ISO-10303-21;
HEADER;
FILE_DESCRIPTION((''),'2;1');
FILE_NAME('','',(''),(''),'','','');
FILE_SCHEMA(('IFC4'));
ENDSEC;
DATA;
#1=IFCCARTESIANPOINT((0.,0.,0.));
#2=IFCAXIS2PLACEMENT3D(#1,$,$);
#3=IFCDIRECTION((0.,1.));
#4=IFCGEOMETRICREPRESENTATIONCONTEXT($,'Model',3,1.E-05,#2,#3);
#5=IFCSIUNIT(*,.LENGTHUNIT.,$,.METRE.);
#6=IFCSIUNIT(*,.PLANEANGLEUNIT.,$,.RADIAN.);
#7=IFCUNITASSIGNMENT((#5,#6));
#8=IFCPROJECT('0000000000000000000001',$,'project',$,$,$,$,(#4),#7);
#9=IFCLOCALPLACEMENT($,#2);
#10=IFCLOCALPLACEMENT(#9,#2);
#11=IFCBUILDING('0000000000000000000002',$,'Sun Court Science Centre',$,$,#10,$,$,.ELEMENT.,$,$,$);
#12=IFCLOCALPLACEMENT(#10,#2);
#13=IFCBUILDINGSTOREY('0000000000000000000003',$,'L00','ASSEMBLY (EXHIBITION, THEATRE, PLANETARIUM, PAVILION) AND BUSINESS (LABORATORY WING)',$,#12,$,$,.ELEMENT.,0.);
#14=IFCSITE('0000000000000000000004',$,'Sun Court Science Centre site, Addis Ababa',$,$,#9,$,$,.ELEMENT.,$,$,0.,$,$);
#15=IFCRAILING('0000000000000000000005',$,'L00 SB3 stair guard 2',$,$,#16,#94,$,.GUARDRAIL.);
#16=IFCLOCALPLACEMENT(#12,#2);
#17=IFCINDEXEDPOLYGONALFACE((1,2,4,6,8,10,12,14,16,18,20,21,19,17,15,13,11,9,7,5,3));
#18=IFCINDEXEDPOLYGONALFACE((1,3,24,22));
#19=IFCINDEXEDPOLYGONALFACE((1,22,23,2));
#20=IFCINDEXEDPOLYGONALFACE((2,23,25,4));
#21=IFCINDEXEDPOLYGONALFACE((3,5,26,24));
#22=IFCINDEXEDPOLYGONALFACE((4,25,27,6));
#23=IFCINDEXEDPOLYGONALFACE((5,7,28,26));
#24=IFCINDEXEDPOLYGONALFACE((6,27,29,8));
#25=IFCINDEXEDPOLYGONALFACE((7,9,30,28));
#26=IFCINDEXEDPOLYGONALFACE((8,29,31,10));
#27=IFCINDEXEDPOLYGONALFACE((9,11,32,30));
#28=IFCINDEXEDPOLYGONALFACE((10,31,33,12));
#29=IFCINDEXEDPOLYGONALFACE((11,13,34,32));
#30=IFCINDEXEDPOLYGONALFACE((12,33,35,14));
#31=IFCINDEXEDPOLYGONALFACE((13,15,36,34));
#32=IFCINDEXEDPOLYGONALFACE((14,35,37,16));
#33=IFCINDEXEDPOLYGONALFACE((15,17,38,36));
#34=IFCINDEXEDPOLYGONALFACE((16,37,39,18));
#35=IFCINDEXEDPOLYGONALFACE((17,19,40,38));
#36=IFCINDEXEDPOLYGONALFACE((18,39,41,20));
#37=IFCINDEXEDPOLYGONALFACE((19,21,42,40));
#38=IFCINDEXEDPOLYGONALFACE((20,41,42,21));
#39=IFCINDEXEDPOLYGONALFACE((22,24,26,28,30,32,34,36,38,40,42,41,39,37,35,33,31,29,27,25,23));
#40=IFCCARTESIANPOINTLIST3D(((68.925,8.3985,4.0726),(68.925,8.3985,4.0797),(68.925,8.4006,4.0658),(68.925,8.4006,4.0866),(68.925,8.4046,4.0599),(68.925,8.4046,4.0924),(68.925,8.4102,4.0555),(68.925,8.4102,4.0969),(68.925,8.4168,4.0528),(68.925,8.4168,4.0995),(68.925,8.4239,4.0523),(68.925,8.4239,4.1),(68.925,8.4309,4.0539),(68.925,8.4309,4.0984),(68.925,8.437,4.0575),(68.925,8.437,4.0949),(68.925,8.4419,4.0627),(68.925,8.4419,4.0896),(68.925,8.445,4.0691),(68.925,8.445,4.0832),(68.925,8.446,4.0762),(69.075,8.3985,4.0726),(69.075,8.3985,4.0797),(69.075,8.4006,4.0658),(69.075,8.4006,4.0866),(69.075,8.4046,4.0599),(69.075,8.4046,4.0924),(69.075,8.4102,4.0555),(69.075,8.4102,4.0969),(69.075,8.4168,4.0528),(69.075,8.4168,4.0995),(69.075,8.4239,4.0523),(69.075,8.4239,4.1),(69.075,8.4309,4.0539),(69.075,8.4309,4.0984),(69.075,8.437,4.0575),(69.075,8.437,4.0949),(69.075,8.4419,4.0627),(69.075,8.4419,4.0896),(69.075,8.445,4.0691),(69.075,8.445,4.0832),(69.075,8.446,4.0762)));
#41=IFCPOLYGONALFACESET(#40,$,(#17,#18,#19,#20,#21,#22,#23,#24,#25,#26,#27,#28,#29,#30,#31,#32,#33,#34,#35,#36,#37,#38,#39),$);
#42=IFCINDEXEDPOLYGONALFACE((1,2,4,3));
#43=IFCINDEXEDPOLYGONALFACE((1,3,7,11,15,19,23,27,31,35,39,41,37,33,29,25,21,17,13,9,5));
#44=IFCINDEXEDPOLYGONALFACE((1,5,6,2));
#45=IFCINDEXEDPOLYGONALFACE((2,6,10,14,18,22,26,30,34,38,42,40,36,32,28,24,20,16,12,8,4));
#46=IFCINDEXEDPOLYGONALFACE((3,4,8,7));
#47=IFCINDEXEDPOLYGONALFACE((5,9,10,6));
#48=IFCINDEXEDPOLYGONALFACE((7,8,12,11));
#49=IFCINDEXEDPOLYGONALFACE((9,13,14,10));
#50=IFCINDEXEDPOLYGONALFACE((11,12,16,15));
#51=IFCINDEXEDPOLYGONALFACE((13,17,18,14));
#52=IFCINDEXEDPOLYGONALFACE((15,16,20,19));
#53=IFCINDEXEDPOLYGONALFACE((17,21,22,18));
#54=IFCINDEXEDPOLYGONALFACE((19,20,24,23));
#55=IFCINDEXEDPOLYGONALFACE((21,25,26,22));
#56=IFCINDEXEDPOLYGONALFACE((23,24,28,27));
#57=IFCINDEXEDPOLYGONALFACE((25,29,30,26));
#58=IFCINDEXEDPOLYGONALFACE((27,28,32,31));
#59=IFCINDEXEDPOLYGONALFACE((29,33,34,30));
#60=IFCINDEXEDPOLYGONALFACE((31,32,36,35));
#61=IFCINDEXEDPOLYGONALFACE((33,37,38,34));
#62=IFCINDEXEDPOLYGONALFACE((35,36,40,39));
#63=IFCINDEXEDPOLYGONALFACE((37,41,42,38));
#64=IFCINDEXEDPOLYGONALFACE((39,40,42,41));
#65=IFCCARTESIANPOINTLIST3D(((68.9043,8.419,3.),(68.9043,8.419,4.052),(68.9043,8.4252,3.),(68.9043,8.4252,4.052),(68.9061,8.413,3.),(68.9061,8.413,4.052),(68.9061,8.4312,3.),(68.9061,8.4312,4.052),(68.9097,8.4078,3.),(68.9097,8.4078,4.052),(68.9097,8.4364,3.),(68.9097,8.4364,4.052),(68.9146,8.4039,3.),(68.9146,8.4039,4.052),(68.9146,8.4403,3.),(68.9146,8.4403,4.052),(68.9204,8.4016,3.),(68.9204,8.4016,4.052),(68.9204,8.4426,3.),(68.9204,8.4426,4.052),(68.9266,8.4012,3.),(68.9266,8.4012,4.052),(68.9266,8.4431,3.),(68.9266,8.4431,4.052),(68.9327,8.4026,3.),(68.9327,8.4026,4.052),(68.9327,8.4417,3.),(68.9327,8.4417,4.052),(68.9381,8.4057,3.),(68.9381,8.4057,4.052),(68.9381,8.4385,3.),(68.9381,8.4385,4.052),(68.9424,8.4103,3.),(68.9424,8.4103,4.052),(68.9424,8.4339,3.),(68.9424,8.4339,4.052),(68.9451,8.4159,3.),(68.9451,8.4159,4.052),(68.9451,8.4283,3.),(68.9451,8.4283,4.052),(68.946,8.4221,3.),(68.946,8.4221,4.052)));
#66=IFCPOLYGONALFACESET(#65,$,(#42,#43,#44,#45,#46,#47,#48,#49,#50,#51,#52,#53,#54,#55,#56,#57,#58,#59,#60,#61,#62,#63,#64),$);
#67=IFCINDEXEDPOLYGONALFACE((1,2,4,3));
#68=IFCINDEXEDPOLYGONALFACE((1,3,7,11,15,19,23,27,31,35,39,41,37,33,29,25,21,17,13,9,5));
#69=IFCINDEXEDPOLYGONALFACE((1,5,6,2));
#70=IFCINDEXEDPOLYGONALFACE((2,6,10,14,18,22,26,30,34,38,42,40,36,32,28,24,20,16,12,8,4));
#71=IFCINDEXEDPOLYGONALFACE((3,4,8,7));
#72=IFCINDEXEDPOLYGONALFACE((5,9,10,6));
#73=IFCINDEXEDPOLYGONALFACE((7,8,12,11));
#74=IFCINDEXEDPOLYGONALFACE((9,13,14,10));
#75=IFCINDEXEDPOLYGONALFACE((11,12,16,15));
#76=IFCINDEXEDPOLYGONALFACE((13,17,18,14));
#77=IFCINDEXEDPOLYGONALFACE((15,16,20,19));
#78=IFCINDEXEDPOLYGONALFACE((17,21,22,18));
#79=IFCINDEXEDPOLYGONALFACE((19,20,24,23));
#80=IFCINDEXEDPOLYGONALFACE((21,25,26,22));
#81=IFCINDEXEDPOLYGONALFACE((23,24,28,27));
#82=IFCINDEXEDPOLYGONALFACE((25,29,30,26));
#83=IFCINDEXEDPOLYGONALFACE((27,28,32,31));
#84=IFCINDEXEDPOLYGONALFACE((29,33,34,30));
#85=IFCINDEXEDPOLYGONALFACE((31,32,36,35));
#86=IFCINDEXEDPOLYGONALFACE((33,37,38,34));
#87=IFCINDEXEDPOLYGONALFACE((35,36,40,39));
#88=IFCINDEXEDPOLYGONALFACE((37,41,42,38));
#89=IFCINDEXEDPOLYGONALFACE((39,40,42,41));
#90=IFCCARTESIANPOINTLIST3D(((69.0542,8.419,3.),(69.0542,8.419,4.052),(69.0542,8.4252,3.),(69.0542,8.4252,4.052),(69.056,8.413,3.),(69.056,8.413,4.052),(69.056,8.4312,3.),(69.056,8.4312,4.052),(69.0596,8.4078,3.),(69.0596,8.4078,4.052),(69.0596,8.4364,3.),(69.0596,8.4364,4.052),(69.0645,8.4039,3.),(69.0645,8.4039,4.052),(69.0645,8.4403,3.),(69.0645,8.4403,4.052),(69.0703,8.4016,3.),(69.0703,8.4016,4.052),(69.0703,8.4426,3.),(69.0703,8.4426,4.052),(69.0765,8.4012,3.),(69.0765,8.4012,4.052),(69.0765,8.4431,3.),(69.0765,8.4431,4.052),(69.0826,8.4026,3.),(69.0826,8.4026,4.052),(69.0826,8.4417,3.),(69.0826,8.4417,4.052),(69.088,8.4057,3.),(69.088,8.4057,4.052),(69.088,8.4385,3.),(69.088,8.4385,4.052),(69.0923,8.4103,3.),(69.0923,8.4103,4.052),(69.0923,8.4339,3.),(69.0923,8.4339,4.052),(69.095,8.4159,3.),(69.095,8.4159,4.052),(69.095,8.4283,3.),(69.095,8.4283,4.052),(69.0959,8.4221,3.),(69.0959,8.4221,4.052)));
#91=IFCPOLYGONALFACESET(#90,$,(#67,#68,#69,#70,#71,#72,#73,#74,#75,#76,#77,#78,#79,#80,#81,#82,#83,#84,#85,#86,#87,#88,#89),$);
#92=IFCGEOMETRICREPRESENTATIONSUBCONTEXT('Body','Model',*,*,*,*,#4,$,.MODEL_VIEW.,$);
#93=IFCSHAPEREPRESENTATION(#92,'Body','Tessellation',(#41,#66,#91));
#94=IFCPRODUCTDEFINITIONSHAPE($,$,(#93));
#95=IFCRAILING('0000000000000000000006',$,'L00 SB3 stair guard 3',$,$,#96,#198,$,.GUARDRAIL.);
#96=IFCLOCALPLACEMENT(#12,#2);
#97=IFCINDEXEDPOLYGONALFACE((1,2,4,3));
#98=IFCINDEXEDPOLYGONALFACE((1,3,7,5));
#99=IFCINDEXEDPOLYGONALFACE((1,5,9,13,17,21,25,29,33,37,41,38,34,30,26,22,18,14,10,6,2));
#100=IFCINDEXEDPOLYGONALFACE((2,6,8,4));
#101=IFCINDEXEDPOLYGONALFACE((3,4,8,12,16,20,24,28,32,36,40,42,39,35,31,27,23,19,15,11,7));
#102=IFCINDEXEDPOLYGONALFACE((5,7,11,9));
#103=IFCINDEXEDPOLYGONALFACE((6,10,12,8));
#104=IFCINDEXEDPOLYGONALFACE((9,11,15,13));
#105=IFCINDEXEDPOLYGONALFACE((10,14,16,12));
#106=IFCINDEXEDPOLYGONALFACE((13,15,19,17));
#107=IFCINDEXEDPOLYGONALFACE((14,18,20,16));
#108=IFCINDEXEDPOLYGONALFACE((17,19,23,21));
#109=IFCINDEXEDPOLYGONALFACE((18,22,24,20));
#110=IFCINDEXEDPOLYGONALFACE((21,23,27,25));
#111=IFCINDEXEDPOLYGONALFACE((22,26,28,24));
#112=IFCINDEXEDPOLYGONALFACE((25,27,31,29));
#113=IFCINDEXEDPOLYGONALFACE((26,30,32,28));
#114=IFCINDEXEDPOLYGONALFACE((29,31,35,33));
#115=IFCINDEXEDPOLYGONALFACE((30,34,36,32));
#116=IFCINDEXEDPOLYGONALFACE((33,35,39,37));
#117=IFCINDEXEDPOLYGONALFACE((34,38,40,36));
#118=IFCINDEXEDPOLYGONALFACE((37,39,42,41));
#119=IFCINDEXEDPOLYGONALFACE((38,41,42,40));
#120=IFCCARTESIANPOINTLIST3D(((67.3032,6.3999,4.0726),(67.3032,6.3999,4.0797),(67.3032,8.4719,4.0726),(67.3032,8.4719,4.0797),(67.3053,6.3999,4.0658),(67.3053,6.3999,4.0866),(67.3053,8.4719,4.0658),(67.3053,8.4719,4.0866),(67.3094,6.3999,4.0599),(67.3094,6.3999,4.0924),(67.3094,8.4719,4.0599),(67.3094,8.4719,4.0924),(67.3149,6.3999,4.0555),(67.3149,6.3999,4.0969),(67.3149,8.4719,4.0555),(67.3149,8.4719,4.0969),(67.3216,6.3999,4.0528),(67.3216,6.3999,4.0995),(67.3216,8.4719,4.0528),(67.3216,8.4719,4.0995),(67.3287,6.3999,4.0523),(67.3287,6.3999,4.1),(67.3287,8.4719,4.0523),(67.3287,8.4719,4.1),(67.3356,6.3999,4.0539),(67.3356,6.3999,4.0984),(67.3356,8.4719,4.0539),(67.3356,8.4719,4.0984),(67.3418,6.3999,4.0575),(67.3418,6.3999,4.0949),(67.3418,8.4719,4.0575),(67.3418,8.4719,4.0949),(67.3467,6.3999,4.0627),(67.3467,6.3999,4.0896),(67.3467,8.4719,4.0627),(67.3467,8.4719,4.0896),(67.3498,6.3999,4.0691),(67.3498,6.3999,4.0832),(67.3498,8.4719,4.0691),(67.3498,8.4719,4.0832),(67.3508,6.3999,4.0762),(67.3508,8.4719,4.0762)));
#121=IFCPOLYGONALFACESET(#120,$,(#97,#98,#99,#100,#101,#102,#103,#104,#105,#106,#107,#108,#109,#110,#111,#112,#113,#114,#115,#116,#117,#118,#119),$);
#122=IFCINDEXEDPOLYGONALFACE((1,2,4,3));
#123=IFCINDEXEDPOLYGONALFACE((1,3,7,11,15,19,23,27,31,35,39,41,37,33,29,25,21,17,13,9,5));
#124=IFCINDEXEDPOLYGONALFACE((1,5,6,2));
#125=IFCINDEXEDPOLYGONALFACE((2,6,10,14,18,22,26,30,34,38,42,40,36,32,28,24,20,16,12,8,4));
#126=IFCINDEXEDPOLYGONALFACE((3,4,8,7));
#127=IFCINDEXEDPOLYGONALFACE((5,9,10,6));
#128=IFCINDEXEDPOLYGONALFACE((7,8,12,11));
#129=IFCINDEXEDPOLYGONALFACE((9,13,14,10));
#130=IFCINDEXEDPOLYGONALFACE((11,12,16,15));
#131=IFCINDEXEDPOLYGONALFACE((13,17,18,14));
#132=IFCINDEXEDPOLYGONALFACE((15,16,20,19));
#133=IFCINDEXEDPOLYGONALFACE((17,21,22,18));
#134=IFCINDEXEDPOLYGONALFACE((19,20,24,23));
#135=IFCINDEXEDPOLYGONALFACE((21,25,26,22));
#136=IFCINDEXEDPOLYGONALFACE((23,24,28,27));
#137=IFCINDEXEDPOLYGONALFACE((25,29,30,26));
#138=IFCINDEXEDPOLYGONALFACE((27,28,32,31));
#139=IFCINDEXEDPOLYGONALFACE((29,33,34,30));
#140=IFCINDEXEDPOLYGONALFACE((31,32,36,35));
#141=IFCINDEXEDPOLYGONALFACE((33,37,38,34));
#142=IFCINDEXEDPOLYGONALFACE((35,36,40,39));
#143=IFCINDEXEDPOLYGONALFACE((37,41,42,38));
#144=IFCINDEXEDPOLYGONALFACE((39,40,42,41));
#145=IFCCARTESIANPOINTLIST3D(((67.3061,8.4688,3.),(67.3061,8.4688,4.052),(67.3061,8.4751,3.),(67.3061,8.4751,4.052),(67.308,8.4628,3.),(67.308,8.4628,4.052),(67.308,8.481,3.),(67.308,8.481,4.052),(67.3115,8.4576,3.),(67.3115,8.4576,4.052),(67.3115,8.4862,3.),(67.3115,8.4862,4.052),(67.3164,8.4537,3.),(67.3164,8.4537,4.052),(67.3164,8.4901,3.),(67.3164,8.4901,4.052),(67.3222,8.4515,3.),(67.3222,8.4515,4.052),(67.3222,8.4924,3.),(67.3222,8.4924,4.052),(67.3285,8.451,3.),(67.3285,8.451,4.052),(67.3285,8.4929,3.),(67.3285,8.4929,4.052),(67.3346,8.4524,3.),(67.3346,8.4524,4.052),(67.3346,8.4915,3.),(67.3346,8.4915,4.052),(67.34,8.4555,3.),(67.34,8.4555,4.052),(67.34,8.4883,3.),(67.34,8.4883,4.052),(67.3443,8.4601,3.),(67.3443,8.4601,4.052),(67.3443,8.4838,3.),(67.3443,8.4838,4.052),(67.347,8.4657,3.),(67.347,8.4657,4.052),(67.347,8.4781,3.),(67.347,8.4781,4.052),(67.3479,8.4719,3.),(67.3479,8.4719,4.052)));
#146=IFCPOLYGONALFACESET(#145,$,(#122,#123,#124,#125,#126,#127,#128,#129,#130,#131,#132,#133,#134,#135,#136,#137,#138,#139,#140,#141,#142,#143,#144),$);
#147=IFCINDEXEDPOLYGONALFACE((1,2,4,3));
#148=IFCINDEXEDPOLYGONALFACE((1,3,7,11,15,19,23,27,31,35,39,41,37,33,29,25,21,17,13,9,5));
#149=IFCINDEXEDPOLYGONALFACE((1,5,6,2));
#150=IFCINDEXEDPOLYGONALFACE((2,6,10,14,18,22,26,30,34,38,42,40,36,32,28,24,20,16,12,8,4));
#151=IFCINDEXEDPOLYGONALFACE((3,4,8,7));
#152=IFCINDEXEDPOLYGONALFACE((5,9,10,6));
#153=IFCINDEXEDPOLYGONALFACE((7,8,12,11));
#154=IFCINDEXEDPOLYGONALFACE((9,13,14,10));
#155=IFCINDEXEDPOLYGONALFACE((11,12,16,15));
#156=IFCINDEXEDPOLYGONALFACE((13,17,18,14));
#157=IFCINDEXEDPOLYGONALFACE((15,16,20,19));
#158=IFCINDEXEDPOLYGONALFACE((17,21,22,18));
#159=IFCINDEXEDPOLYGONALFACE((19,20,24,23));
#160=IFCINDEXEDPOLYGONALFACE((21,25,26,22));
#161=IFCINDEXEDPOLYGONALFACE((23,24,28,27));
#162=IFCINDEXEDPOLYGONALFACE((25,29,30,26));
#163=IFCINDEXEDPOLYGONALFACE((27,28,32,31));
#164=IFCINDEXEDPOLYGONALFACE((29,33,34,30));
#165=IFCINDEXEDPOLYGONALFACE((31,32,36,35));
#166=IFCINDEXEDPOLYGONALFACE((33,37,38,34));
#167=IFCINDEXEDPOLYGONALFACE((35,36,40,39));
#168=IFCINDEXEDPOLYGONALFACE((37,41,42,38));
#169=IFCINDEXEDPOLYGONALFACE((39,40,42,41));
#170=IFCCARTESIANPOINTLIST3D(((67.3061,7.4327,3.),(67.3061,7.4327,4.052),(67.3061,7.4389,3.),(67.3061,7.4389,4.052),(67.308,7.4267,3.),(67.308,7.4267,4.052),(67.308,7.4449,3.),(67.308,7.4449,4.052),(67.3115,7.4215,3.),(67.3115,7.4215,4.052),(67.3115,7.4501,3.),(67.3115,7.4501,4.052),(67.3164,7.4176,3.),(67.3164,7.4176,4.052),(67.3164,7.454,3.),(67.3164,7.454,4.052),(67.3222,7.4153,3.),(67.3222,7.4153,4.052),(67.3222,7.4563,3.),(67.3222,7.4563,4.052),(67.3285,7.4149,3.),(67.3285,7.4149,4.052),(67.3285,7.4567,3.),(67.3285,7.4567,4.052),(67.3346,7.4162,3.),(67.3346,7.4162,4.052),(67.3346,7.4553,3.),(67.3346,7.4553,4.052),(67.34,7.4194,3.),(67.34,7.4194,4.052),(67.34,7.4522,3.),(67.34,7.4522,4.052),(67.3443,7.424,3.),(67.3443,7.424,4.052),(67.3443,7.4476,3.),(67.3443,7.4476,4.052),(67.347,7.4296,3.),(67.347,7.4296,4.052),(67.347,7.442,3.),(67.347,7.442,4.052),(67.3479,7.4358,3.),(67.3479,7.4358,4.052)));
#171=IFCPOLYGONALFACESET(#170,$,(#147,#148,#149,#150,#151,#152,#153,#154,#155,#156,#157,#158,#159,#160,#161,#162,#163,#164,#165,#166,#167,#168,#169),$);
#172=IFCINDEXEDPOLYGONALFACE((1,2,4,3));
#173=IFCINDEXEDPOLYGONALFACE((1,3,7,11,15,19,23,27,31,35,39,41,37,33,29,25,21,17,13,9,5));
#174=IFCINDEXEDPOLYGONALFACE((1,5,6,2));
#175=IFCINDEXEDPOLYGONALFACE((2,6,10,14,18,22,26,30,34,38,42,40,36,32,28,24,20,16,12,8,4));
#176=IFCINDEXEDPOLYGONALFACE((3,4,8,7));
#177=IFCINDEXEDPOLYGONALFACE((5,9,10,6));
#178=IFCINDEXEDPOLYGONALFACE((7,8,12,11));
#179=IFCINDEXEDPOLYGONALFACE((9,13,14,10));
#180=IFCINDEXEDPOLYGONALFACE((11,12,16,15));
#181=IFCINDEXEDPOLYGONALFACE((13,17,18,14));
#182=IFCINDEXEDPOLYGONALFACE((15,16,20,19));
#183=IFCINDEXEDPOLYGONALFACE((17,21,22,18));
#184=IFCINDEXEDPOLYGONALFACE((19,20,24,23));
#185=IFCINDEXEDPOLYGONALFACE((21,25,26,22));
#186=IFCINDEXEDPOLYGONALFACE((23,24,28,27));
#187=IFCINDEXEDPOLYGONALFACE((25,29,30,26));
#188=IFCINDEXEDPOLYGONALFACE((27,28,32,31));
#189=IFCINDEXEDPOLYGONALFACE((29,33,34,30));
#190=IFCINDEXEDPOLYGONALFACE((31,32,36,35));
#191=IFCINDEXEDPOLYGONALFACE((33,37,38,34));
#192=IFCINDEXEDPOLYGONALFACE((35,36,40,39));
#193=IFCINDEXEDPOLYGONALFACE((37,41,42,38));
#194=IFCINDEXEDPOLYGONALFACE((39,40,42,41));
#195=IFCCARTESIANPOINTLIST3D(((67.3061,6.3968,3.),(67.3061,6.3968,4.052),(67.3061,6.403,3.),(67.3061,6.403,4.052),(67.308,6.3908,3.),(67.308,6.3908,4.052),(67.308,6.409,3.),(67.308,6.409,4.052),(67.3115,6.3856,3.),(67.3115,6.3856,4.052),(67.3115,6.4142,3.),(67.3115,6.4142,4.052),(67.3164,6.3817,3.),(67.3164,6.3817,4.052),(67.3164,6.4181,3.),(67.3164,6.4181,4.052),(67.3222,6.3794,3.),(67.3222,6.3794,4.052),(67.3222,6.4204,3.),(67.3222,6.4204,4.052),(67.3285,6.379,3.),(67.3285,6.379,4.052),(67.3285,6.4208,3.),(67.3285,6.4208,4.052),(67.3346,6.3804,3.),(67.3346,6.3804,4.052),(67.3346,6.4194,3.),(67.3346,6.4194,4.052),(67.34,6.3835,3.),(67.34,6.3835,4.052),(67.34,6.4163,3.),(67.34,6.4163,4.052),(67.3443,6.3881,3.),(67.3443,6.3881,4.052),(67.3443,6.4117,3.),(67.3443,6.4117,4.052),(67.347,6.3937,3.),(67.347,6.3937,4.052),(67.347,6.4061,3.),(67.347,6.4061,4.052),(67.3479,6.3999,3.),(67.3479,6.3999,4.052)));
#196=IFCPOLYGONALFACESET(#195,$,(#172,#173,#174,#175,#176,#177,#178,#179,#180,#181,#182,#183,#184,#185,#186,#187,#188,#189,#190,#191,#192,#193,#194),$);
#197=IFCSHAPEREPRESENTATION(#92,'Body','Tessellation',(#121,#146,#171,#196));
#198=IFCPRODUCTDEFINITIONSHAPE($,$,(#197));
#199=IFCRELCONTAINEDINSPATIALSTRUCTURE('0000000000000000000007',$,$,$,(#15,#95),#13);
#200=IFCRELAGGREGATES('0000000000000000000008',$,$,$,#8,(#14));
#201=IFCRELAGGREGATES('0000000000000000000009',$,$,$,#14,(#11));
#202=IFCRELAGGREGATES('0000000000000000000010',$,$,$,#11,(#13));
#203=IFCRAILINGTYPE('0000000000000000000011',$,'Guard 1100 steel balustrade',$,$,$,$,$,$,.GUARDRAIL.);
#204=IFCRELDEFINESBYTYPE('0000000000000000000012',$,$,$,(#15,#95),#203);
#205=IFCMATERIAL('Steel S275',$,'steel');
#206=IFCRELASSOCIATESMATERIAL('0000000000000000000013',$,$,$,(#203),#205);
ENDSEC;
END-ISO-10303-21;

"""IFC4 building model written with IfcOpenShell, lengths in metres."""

from ifc_helpers import new_model, si_unit, direction, frame, origin, origin_2d, place, context, subcontext, project, spatial, circle, extrude, material, type_object, element, save


model = new_model("IFC4")

# Units and contexts
model_context = context("Model", 3, precision=1e-05, world=origin(), true_north=direction((0.0, 1.0)))
body_context = subcontext(model_context, "Body", "Model", "MODEL_VIEW")
ifc_project = project(units=[si_unit("LENGTHUNIT", "METRE"), si_unit("PLANEANGLEUNIT", "RADIAN")], contexts=[model_context])

# Site, building, storey
site_placement = place(None, origin())
site = spatial("IfcSite", under=ifc_project, at=site_placement, Name="Sun Court Science Centre site, Addis Ababa", CompositionType="ELEMENT", RefElevation=0.0)
building_placement = place(site_placement, origin())
building = spatial("IfcBuilding", under=site, at=building_placement, Name="Sun Court Science Centre", CompositionType="ELEMENT")
storey_placement = place(building_placement, origin())
storey = spatial("IfcBuildingStorey", under=building, at=storey_placement, Name="L00", Description="ASSEMBLY (EXHIBITION, THEATRE, PLANETARIUM, PAVILION) AND BUSINESS (LABORATORY WING)", CompositionType="ELEMENT", Elevation=0.0)

# Railings
ifc_material_1 = material(Name="Steel S275", Category="steel")
railing_type_1 = type_object("IfcRailingType", Name="Guard 1100 steel balustrade", PredefinedType="GUARDRAIL", material=ifc_material_1)
railing_1_placement = place(storey_placement, frame((68.925, 8.4221, 3.0)))
element("IfcRailing", 1, at=railing_1_placement, inside=storey, type_object=railing_type_1, Name="L00 SB3 stair guard 2", PredefinedType="GUARDRAIL", context=body_context, shape_type="SweptSolid", body=[
    extrude(circle(Radius=0.0239, at=origin_2d()), frame((0.0, 0.0, 1.0762), z_axis=(1.0, 0.0, 0.0), x_axis=(0.0, 1.0, 0.0)), (0.0, 0.0, 1.0), 0.1499),
    extrude(circle(Radius=0.021, at=origin_2d()), origin(), (0.0, 0.0, 1.0), 1.052),
    extrude(circle(Radius=0.021, at=origin_2d()), frame((0.1499, 0.0, 0.0)), (0.0, 0.0, 1.0), 1.052),
])
railing_2_placement = place(storey_placement, frame((67.3269, 8.4719, 3.0)))
element("IfcRailing", 2, at=railing_2_placement, inside=storey, type_object=railing_type_1, Name="L00 SB3 stair guard 3", PredefinedType="GUARDRAIL", context=body_context, shape_type="SweptSolid", body=[
    extrude(circle(Radius=0.0239, at=origin_2d()), frame((0.0, 0.0, 1.0762), z_axis=(0.0, -1.0, 0.0), x_axis=(1.0, 0.0, 0.0)), (0.0, 0.0, 1.0), 2.072),
    extrude(circle(Radius=0.021, at=origin_2d()), origin(), (0.0, 0.0, 1.0), 1.052),
    extrude(circle(Radius=0.021, at=origin_2d()), frame((0.0, -1.0361, 0.0)), (0.0, 0.0, 1.0), 1.052),
    extrude(circle(Radius=0.021, at=origin_2d()), frame((0.0, -2.072, 0.0)), (0.0, 0.0, 1.0), 1.052),
])

save(model, "model.ifc")
